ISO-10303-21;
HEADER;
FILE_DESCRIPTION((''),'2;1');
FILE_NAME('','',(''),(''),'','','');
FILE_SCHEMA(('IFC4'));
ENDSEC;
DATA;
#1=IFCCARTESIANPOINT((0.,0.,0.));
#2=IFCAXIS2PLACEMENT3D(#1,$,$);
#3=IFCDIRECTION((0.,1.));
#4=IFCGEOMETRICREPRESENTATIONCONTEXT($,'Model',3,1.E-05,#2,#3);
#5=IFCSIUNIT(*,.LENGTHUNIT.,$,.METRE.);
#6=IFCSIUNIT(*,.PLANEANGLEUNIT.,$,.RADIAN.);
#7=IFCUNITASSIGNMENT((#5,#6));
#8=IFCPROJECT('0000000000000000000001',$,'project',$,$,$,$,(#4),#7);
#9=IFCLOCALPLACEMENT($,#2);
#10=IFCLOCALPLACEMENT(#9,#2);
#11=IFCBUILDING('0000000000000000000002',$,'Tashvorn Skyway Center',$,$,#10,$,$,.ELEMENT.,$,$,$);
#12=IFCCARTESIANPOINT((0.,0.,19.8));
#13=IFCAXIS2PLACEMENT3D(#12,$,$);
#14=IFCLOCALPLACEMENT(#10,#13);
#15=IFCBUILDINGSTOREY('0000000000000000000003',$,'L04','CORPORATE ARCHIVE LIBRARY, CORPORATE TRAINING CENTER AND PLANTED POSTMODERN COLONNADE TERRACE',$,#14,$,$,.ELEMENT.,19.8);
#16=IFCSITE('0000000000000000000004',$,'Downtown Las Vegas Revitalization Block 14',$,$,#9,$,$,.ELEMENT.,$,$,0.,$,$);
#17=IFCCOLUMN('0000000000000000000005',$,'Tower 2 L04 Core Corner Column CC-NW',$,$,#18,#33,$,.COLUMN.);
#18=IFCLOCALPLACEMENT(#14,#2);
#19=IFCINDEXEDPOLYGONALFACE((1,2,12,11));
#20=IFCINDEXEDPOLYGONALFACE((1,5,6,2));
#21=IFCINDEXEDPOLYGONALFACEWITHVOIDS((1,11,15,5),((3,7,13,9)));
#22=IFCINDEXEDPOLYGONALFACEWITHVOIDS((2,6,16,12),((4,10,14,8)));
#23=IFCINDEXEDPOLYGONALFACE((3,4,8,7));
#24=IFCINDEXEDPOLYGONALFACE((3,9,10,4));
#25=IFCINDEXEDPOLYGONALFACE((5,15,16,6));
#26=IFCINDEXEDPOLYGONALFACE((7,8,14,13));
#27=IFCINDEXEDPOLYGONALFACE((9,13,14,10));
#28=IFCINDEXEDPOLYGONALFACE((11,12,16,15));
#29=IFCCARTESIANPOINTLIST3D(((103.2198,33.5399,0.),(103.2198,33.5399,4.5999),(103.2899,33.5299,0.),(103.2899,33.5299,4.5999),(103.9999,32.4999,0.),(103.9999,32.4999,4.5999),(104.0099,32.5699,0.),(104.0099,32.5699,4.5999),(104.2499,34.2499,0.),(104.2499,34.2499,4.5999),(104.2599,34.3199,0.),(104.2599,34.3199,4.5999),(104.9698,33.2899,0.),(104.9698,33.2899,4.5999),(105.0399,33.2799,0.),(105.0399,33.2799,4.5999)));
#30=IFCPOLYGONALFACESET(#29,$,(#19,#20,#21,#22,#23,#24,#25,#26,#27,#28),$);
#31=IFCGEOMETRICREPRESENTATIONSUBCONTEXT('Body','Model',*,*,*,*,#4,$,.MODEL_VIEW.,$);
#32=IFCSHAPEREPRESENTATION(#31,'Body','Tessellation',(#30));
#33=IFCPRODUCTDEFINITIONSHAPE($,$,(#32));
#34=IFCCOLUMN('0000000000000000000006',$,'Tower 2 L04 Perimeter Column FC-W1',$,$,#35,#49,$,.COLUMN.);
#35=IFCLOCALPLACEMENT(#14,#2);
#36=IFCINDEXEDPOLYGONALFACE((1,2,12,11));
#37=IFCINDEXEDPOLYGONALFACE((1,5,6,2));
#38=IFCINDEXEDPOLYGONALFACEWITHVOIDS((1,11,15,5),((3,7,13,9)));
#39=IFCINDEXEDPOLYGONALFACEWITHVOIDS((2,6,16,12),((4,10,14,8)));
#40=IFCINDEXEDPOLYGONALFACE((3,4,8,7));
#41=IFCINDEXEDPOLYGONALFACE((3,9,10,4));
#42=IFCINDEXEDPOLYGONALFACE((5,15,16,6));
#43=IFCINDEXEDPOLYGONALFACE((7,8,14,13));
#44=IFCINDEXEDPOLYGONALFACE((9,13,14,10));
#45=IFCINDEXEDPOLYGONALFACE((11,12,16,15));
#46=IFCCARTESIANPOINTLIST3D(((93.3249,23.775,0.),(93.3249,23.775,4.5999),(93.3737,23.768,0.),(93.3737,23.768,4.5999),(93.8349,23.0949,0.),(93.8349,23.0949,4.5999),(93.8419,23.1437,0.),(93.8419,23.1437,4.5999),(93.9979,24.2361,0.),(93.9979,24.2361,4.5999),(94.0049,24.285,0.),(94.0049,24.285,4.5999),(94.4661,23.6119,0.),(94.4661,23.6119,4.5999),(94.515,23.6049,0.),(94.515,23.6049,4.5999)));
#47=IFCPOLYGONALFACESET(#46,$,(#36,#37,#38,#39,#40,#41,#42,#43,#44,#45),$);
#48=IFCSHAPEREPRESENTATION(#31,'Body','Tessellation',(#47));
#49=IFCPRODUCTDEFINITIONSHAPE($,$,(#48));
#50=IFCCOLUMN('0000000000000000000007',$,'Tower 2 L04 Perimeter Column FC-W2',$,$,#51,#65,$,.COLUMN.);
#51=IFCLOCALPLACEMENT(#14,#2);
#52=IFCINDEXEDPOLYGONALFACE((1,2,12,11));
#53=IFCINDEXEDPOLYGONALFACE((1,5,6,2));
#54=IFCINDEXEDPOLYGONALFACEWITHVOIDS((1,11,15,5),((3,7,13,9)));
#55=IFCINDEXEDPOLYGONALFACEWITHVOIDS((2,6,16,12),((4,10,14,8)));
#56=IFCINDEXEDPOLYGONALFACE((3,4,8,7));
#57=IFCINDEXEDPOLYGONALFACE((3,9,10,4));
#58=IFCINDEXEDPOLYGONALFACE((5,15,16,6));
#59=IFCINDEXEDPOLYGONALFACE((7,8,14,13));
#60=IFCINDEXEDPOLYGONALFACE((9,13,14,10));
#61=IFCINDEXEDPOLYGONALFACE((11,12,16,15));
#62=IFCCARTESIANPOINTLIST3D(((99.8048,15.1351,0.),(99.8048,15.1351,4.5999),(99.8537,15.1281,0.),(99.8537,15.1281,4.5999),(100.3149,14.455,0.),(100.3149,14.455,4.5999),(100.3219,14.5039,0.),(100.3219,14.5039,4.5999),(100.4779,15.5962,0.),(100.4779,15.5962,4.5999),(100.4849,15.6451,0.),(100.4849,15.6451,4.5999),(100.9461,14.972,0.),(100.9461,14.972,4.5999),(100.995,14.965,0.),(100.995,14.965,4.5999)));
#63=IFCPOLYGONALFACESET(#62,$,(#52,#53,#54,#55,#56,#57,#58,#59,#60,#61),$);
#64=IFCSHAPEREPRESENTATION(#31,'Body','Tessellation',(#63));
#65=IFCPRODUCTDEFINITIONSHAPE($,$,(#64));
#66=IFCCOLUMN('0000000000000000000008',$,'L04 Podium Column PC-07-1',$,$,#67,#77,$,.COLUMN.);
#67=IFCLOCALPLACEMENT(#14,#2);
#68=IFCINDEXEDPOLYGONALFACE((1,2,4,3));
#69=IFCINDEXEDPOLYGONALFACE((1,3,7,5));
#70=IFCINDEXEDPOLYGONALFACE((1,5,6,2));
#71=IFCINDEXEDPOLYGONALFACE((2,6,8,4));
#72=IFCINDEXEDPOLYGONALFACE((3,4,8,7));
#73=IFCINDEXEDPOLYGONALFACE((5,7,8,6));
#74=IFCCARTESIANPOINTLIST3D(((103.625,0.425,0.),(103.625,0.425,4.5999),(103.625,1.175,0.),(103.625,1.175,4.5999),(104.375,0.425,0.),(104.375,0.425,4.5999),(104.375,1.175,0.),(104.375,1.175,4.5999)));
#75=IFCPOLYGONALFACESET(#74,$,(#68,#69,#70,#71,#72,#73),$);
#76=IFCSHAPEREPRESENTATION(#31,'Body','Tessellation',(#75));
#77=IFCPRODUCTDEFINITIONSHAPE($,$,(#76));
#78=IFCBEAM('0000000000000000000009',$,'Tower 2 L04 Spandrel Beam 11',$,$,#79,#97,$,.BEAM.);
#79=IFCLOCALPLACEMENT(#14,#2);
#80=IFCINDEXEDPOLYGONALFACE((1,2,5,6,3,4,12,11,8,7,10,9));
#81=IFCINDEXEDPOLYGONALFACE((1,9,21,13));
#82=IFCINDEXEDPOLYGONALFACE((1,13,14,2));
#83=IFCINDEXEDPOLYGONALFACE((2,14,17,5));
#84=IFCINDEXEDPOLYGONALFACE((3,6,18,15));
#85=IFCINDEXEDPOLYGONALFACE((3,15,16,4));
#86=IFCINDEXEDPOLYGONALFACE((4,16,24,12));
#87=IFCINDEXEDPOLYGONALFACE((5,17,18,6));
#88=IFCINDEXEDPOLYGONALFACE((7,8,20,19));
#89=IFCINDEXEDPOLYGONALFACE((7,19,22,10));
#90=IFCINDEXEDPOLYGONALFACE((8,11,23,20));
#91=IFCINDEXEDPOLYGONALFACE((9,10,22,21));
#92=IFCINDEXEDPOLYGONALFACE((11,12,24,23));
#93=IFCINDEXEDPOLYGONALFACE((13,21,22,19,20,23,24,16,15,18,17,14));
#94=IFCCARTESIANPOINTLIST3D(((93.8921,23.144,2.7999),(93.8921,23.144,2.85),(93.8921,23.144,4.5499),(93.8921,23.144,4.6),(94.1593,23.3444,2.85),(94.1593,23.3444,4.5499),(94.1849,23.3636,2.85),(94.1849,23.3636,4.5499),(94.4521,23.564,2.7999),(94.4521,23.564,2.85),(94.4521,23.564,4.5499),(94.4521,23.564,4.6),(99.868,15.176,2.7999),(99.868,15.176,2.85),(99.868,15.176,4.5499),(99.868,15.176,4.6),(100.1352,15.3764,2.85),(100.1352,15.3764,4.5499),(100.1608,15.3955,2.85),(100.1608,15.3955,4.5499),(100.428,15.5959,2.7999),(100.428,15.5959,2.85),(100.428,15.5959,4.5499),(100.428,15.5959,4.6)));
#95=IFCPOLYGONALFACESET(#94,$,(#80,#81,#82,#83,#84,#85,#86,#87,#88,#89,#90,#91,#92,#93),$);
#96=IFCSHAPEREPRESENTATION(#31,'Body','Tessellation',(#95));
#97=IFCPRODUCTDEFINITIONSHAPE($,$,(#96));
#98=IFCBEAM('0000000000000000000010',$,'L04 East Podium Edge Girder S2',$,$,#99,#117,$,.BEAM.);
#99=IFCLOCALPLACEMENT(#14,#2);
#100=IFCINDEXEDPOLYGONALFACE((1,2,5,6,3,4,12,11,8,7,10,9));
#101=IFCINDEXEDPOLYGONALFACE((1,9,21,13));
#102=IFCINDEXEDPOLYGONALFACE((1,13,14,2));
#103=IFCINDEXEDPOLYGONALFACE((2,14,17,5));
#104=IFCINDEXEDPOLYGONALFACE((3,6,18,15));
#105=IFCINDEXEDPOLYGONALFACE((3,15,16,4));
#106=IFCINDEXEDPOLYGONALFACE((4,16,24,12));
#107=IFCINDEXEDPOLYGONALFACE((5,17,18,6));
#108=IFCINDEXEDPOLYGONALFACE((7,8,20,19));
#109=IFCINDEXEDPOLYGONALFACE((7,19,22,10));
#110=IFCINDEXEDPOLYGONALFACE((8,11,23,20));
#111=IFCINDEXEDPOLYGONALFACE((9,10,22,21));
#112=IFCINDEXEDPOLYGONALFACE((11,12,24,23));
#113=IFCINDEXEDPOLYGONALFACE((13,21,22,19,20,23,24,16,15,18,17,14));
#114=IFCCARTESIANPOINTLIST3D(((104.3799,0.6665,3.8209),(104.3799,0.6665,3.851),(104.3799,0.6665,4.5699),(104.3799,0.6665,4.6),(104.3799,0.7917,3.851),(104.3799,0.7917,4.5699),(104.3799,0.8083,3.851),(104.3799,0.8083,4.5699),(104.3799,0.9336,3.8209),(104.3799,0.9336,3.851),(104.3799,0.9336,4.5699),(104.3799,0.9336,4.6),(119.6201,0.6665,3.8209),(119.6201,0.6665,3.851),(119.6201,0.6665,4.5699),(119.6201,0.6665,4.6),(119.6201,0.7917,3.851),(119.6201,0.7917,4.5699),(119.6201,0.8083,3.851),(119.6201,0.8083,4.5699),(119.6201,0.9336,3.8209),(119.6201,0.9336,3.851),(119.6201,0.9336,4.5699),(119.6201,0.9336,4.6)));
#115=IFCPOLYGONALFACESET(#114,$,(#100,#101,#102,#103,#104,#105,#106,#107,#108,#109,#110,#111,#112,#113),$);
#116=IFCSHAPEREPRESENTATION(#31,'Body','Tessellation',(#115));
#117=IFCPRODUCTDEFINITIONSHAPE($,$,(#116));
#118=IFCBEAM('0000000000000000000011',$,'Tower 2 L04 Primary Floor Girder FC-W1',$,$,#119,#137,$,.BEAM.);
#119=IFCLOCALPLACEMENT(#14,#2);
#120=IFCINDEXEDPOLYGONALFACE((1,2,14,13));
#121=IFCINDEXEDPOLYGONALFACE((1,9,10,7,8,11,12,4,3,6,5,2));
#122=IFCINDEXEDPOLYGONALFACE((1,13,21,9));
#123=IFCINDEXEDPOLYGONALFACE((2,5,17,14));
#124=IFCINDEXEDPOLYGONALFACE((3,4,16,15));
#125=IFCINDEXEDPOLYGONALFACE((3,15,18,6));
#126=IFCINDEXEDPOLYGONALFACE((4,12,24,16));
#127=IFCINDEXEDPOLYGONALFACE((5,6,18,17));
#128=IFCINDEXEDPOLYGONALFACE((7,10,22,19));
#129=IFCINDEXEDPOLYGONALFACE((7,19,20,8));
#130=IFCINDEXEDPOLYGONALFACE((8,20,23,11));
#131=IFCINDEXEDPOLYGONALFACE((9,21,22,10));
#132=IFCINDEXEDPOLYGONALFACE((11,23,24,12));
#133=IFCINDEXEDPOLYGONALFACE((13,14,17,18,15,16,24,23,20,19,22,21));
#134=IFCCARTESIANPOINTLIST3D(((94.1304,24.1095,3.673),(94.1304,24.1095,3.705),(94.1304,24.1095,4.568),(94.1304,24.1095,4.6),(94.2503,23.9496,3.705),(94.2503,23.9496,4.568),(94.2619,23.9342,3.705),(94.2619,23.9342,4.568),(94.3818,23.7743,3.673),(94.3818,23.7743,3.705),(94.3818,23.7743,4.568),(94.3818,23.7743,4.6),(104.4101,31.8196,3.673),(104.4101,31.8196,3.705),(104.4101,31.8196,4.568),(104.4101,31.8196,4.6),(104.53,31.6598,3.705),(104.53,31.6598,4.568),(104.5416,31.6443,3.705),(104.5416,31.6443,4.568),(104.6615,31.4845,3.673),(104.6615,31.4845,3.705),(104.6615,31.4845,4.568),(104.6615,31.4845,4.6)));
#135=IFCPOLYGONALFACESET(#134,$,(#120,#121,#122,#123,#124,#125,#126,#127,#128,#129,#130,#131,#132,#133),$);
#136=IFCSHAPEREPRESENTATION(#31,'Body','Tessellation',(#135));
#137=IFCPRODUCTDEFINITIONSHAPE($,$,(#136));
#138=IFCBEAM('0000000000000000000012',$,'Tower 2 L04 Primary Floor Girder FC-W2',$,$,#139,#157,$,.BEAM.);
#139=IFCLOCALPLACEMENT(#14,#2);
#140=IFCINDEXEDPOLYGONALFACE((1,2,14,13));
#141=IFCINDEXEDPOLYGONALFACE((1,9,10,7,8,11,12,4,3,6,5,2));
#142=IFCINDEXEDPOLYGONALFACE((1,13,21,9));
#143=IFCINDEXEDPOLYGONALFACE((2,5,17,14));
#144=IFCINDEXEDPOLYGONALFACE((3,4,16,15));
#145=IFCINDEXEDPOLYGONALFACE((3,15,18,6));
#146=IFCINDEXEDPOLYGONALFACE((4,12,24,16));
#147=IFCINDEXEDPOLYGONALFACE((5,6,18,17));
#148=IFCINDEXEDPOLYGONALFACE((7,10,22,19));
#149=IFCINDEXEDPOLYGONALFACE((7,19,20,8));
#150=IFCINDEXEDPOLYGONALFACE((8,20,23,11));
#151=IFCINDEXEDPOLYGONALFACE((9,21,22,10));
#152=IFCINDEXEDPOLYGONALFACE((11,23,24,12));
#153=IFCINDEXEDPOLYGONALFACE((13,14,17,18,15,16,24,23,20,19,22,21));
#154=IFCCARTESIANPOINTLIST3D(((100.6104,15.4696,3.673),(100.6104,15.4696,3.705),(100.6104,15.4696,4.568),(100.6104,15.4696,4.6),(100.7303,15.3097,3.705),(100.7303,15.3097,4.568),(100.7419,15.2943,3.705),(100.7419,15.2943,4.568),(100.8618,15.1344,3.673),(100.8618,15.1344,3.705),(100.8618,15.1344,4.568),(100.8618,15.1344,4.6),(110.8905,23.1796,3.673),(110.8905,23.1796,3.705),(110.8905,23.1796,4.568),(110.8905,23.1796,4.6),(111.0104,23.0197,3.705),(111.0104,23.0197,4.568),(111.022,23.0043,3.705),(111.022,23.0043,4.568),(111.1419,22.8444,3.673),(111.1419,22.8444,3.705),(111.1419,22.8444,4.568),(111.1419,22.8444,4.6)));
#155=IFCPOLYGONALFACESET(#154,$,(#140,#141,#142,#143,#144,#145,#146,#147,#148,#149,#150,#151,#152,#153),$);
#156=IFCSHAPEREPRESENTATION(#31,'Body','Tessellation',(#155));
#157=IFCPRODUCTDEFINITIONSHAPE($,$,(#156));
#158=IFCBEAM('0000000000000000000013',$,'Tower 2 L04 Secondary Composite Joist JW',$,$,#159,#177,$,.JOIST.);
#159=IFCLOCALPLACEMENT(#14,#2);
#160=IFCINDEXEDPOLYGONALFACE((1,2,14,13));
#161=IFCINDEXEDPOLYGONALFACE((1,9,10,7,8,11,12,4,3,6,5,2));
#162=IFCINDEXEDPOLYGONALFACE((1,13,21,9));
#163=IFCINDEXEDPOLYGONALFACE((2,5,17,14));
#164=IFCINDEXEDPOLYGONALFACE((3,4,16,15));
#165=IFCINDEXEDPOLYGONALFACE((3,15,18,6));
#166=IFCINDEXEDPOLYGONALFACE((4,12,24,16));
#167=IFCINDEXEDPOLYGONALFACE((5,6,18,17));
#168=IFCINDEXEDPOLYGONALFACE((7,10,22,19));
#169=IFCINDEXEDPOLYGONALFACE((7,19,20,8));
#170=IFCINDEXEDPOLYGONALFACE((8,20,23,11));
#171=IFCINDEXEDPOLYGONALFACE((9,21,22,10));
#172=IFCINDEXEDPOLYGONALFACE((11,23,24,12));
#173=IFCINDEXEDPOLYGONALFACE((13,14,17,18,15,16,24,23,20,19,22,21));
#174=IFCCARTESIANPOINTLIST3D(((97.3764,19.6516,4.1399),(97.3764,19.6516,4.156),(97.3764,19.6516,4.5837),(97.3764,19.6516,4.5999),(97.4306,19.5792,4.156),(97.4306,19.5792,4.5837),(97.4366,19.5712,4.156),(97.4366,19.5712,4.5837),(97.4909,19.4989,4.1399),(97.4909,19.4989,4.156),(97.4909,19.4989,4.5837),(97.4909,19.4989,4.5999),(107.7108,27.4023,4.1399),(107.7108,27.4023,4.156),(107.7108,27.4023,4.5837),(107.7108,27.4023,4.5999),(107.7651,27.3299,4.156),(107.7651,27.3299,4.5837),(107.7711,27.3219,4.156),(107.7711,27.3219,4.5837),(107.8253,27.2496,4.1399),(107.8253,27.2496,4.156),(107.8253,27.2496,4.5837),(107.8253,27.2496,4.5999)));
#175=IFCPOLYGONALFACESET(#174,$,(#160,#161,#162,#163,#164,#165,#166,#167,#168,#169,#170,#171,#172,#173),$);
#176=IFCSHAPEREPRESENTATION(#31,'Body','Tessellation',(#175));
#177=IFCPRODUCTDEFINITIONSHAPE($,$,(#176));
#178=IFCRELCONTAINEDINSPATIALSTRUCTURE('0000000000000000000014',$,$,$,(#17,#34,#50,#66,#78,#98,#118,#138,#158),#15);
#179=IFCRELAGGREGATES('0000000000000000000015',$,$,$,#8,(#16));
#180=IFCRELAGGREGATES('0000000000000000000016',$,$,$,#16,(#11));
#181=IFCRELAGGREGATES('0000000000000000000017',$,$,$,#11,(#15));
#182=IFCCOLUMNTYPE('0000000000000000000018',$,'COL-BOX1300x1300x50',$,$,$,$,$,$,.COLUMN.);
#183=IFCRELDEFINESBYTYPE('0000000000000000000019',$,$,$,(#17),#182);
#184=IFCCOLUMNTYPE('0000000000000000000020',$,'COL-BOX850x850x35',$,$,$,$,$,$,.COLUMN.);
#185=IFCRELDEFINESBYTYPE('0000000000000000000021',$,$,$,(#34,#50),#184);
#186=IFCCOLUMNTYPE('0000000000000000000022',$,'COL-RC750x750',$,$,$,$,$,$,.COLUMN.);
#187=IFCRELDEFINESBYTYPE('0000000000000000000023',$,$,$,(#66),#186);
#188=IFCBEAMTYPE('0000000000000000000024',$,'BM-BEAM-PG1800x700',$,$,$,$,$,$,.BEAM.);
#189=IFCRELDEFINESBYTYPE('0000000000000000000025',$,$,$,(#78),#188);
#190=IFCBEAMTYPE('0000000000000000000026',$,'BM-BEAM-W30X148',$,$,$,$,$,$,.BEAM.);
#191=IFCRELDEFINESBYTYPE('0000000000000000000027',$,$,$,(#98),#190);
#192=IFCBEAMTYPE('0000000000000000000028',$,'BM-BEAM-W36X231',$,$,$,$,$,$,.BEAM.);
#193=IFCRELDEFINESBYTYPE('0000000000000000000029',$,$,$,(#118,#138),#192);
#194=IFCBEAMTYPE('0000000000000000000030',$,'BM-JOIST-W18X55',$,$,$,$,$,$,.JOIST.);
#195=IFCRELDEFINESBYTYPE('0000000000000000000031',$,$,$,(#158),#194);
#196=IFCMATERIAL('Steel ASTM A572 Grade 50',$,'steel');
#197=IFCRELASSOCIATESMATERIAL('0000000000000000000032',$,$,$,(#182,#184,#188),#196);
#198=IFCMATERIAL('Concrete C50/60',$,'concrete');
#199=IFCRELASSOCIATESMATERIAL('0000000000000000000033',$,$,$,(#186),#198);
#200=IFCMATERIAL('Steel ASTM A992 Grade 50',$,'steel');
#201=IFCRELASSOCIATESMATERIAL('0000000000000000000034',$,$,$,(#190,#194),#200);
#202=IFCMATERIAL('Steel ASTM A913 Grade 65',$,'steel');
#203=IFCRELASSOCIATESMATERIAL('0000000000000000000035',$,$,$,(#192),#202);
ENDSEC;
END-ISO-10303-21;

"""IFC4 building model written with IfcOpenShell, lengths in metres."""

from ifc_helpers import new_model, si_unit, direction, frame, origin, origin_2d, place, context, subcontext, project, spatial, rectangle, hollow_rectangle, i_section, extrude, material, material_profile, profile_set, type_object, element, save


model = new_model("IFC4")

# Units and contexts
model_context = context("Model", 3, precision=1e-05, world=origin(), true_north=direction((0.0, 1.0)))
body_context = subcontext(model_context, "Body", "Model", "MODEL_VIEW")
ifc_project = project(units=[si_unit("LENGTHUNIT", "METRE"), si_unit("PLANEANGLEUNIT", "RADIAN")], contexts=[model_context])

# Site, building, storey
site_placement = place(None, origin())
site = spatial("IfcSite", under=ifc_project, at=site_placement, Name="Downtown Las Vegas Revitalization Block 14", CompositionType="ELEMENT", RefElevation=0.0)
building_placement = place(site_placement, origin())
building = spatial("IfcBuilding", under=site, at=building_placement, Name="Tashvorn Skyway Center", CompositionType="ELEMENT")
storey_placement = place(building_placement, frame((0.0, 0.0, 19.8)))
storey = spatial("IfcBuildingStorey", under=building, at=storey_placement, Name="L04", Description="CORPORATE ARCHIVE LIBRARY, CORPORATE TRAINING CENTER AND PLANTED POSTMODERN COLONNADE TERRACE", CompositionType="ELEMENT", Elevation=19.8)

# Columns
ifc_material_1 = material(Name="Steel ASTM A572 Grade 50", Category="steel")
ifc_material_profile_1 = material_profile(ifc_material_1, hollow_rectangle(XDim=1.3, YDim=1.3, WallThickness=0.05, at=origin_2d()), Name="BOX1300x1300x50")
ifc_profile_set_1 = profile_set([ifc_material_profile_1], Name="Steel ASTM A572 Grade 50")
column_type_1 = type_object("IfcColumnType", Name="COL-BOX1300x1300x50", PredefinedType="COLUMN", material=ifc_profile_set_1)
column_1_placement = place(storey_placement, frame((104.1299, 33.4099, 0.0), z_axis=(0.0, 0.0, 1.0), x_axis=(0.8, 0.6, 0.0)))
element("IfcColumn", 1, at=column_1_placement, inside=storey, type_object=column_type_1, Name="Tower 2 L04 Core Corner Column CC-NW", PredefinedType="COLUMN", context=body_context, shape_type="SweptSolid", body=[
    extrude(hollow_rectangle(XDim=1.3, YDim=1.3, WallThickness=0.05, at=origin_2d()), origin(), (0.0, 0.0, 1.0), 4.5999),
])
ifc_material_profile_2 = material_profile(ifc_material_1, hollow_rectangle(XDim=0.8501, YDim=0.8501, WallThickness=0.0349, at=origin_2d()), Name="BOX850x850x35")
ifc_profile_set_2 = profile_set([ifc_material_profile_2], Name="Steel ASTM A572 Grade 50")
column_type_2 = type_object("IfcColumnType", Name="COL-BOX850x850x35", PredefinedType="COLUMN", material=ifc_profile_set_2)
for number, where, z_axis, x_axis, name in (
    (2, (93.9199, 23.6899, 0.0), (0.0, 0.0, 1.0), (0.8, 0.6, 0.0), "Tower 2 L04 Perimeter Column FC-W1"),
    (3, (100.3999, 15.05, 0.0), (0.0, 0.0, 1.0), (0.8, 0.6, 0.0), "Tower 2 L04 Perimeter Column FC-W2"),
):
    element("IfcColumn", number, at=place(storey_placement, frame(where, z_axis=z_axis, x_axis=x_axis)), inside=storey, type_object=column_type_2, Name=name, PredefinedType="COLUMN", context=body_context, shape_type="SweptSolid", body=[
        extrude(hollow_rectangle(XDim=0.8501, YDim=0.8501, WallThickness=0.0349, at=origin_2d()), origin(), (0.0, 0.0, 1.0), 4.5999),
    ])
ifc_material_2 = material(Name="Concrete C50/60", Category="concrete")
ifc_material_profile_3 = material_profile(ifc_material_2, rectangle(XDim=0.75, YDim=0.75, at=origin_2d()), Name="RC750x750")
ifc_profile_set_3 = profile_set([ifc_material_profile_3], Name="Concrete C50/60")
column_type_3 = type_object("IfcColumnType", Name="COL-RC750x750", PredefinedType="COLUMN", material=ifc_profile_set_3)
column_2_placement = place(storey_placement, frame((104.0, 0.8, 0.0), z_axis=(0.0, 0.0, 1.0), x_axis=(1.0, 0.0, 0.0)))
element("IfcColumn", 4, at=column_2_placement, inside=storey, type_object=column_type_3, Name="L04 Podium Column PC-07-1", PredefinedType="COLUMN", context=body_context, shape_type="SweptSolid", body=[
    extrude(rectangle(XDim=0.75, YDim=0.75, at=origin_2d()), origin(), (0.0, 0.0, 1.0), 4.5999),
])

# Beams
ifc_material_profile_4 = material_profile(ifc_material_1, i_section(OverallWidth=0.7, OverallDepth=1.8, WebThickness=0.032, FlangeThickness=0.05, at=origin_2d()), Name="PG1800x700")
ifc_profile_set_4 = profile_set([ifc_material_profile_4], Name="Steel ASTM A572 Grade 50")
beam_type_1 = type_object("IfcBeamType", Name="BM-BEAM-PG1800x700", PredefinedType="BEAM", material=ifc_profile_set_4)
beam_1_placement = place(storey_placement, frame((94.1721, 23.354, 3.7), z_axis=(0.599988, -0.800009, 0.0), x_axis=(0.800009, 0.599988, 0.0)))
element("IfcBeam", 5, at=beam_1_placement, inside=storey, type_object=beam_type_1, Name="Tower 2 L04 Spandrel Beam 11", PredefinedType="BEAM", context=body_context, shape_type="SweptSolid", body=[
    extrude(i_section(OverallWidth=0.7, OverallDepth=1.8, WebThickness=0.032, FlangeThickness=0.05, at=origin_2d()), origin(), (0.0, 0.0, 1.0), 9.96),
])
ifc_material_3 = material(Name="Steel ASTM A992 Grade 50", Category="steel")
ifc_material_profile_5 = material_profile(ifc_material_3, i_section(OverallWidth=0.2671, OverallDepth=0.7791, WebThickness=0.0166, FlangeThickness=0.03, at=origin_2d()), Name="W30X148")
ifc_profile_set_5 = profile_set([ifc_material_profile_5], Name="Steel ASTM A992 Grade 50")
beam_type_2 = type_object("IfcBeamType", Name="BM-BEAM-W30X148", PredefinedType="BEAM", material=ifc_profile_set_5)
beam_2_placement = place(storey_placement, frame((104.3799, 0.8, 4.2104), z_axis=(1.0, 0.0, 0.0), x_axis=(0.0, 1.0, 0.0)))
element("IfcBeam", 6, at=beam_2_placement, inside=storey, type_object=beam_type_2, Name="L04 East Podium Edge Girder S2", PredefinedType="BEAM", context=body_context, shape_type="SweptSolid", body=[
    extrude(i_section(OverallWidth=0.2671, OverallDepth=0.7791, WebThickness=0.0166, FlangeThickness=0.03, at=origin_2d()), origin(), (0.0, 0.0, 1.0), 15.2402),
])
ifc_material_4 = material(Name="Steel ASTM A913 Grade 65", Category="steel")
ifc_material_profile_6 = material_profile(ifc_material_4, i_section(OverallWidth=0.4189, OverallDepth=0.927, WebThickness=0.0193, FlangeThickness=0.032, at=origin_2d()), Name="W36X231")
ifc_profile_set_6 = profile_set([ifc_material_profile_6], Name="Steel ASTM A913 Grade 65")
beam_type_3 = type_object("IfcBeamType", Name="BM-BEAM-W36X231", PredefinedType="BEAM", material=ifc_profile_set_6)
beam_3_placement = place(storey_placement, frame((94.2561, 23.9419, 4.1365), z_axis=(0.799986, 0.600018, 0.0), x_axis=(-0.600018, 0.799986, 0.0)))
element("IfcBeam", 7, at=beam_3_placement, inside=storey, type_object=beam_type_3, Name="Tower 2 L04 Primary Floor Girder FC-W1", PredefinedType="BEAM", context=body_context, shape_type="SweptSolid", body=[
    extrude(i_section(OverallWidth=0.4189, OverallDepth=0.927, WebThickness=0.0193, FlangeThickness=0.032, at=origin_2d()), origin(), (0.0, 0.0, 1.0), 12.8499),
])
beam_4_placement = place(storey_placement, frame((100.7361, 15.302, 4.1365), z_axis=(0.800002, 0.599997, 0.0), x_axis=(-0.599997, 0.800002, 0.0)))
element("IfcBeam", 8, at=beam_4_placement, inside=storey, type_object=beam_type_3, Name="Tower 2 L04 Primary Floor Girder FC-W2", PredefinedType="BEAM", context=body_context, shape_type="SweptSolid", body=[
    extrude(i_section(OverallWidth=0.4189, OverallDepth=0.927, WebThickness=0.0193, FlangeThickness=0.032, at=origin_2d()), origin(), (0.0, 0.0, 1.0), 12.8501),
])
ifc_material_profile_7 = material_profile(ifc_material_3, i_section(OverallWidth=0.1909, OverallDepth=0.46, WebThickness=0.01, FlangeThickness=0.0161, at=origin_2d()), Name="W18X55")
ifc_profile_set_7 = profile_set([ifc_material_profile_7], Name="Steel ASTM A992 Grade 50")
beam_type_4 = type_object("IfcBeamType", Name="BM-JOIST-W18X55", PredefinedType="JOIST", material=ifc_profile_set_7)
beam_5_placement = place(storey_placement, frame((107.7681, 27.3259, 4.3699), z_axis=(-0.800005, -0.599994, 0.0), x_axis=(0.599994, -0.800005, 0.0)))
element("IfcBeam", 9, at=beam_5_placement, inside=storey, type_object=beam_type_4, Name="Tower 2 L04 Secondary Composite Joist JW", PredefinedType="JOIST", context=body_context, shape_type="SweptSolid", body=[
    extrude(i_section(OverallWidth=0.1909, OverallDepth=0.46, WebThickness=0.01, FlangeThickness=0.0161, at=origin_2d()), origin(), (0.0, 0.0, 1.0), 12.918),
])

save(model, "model.ifc")
